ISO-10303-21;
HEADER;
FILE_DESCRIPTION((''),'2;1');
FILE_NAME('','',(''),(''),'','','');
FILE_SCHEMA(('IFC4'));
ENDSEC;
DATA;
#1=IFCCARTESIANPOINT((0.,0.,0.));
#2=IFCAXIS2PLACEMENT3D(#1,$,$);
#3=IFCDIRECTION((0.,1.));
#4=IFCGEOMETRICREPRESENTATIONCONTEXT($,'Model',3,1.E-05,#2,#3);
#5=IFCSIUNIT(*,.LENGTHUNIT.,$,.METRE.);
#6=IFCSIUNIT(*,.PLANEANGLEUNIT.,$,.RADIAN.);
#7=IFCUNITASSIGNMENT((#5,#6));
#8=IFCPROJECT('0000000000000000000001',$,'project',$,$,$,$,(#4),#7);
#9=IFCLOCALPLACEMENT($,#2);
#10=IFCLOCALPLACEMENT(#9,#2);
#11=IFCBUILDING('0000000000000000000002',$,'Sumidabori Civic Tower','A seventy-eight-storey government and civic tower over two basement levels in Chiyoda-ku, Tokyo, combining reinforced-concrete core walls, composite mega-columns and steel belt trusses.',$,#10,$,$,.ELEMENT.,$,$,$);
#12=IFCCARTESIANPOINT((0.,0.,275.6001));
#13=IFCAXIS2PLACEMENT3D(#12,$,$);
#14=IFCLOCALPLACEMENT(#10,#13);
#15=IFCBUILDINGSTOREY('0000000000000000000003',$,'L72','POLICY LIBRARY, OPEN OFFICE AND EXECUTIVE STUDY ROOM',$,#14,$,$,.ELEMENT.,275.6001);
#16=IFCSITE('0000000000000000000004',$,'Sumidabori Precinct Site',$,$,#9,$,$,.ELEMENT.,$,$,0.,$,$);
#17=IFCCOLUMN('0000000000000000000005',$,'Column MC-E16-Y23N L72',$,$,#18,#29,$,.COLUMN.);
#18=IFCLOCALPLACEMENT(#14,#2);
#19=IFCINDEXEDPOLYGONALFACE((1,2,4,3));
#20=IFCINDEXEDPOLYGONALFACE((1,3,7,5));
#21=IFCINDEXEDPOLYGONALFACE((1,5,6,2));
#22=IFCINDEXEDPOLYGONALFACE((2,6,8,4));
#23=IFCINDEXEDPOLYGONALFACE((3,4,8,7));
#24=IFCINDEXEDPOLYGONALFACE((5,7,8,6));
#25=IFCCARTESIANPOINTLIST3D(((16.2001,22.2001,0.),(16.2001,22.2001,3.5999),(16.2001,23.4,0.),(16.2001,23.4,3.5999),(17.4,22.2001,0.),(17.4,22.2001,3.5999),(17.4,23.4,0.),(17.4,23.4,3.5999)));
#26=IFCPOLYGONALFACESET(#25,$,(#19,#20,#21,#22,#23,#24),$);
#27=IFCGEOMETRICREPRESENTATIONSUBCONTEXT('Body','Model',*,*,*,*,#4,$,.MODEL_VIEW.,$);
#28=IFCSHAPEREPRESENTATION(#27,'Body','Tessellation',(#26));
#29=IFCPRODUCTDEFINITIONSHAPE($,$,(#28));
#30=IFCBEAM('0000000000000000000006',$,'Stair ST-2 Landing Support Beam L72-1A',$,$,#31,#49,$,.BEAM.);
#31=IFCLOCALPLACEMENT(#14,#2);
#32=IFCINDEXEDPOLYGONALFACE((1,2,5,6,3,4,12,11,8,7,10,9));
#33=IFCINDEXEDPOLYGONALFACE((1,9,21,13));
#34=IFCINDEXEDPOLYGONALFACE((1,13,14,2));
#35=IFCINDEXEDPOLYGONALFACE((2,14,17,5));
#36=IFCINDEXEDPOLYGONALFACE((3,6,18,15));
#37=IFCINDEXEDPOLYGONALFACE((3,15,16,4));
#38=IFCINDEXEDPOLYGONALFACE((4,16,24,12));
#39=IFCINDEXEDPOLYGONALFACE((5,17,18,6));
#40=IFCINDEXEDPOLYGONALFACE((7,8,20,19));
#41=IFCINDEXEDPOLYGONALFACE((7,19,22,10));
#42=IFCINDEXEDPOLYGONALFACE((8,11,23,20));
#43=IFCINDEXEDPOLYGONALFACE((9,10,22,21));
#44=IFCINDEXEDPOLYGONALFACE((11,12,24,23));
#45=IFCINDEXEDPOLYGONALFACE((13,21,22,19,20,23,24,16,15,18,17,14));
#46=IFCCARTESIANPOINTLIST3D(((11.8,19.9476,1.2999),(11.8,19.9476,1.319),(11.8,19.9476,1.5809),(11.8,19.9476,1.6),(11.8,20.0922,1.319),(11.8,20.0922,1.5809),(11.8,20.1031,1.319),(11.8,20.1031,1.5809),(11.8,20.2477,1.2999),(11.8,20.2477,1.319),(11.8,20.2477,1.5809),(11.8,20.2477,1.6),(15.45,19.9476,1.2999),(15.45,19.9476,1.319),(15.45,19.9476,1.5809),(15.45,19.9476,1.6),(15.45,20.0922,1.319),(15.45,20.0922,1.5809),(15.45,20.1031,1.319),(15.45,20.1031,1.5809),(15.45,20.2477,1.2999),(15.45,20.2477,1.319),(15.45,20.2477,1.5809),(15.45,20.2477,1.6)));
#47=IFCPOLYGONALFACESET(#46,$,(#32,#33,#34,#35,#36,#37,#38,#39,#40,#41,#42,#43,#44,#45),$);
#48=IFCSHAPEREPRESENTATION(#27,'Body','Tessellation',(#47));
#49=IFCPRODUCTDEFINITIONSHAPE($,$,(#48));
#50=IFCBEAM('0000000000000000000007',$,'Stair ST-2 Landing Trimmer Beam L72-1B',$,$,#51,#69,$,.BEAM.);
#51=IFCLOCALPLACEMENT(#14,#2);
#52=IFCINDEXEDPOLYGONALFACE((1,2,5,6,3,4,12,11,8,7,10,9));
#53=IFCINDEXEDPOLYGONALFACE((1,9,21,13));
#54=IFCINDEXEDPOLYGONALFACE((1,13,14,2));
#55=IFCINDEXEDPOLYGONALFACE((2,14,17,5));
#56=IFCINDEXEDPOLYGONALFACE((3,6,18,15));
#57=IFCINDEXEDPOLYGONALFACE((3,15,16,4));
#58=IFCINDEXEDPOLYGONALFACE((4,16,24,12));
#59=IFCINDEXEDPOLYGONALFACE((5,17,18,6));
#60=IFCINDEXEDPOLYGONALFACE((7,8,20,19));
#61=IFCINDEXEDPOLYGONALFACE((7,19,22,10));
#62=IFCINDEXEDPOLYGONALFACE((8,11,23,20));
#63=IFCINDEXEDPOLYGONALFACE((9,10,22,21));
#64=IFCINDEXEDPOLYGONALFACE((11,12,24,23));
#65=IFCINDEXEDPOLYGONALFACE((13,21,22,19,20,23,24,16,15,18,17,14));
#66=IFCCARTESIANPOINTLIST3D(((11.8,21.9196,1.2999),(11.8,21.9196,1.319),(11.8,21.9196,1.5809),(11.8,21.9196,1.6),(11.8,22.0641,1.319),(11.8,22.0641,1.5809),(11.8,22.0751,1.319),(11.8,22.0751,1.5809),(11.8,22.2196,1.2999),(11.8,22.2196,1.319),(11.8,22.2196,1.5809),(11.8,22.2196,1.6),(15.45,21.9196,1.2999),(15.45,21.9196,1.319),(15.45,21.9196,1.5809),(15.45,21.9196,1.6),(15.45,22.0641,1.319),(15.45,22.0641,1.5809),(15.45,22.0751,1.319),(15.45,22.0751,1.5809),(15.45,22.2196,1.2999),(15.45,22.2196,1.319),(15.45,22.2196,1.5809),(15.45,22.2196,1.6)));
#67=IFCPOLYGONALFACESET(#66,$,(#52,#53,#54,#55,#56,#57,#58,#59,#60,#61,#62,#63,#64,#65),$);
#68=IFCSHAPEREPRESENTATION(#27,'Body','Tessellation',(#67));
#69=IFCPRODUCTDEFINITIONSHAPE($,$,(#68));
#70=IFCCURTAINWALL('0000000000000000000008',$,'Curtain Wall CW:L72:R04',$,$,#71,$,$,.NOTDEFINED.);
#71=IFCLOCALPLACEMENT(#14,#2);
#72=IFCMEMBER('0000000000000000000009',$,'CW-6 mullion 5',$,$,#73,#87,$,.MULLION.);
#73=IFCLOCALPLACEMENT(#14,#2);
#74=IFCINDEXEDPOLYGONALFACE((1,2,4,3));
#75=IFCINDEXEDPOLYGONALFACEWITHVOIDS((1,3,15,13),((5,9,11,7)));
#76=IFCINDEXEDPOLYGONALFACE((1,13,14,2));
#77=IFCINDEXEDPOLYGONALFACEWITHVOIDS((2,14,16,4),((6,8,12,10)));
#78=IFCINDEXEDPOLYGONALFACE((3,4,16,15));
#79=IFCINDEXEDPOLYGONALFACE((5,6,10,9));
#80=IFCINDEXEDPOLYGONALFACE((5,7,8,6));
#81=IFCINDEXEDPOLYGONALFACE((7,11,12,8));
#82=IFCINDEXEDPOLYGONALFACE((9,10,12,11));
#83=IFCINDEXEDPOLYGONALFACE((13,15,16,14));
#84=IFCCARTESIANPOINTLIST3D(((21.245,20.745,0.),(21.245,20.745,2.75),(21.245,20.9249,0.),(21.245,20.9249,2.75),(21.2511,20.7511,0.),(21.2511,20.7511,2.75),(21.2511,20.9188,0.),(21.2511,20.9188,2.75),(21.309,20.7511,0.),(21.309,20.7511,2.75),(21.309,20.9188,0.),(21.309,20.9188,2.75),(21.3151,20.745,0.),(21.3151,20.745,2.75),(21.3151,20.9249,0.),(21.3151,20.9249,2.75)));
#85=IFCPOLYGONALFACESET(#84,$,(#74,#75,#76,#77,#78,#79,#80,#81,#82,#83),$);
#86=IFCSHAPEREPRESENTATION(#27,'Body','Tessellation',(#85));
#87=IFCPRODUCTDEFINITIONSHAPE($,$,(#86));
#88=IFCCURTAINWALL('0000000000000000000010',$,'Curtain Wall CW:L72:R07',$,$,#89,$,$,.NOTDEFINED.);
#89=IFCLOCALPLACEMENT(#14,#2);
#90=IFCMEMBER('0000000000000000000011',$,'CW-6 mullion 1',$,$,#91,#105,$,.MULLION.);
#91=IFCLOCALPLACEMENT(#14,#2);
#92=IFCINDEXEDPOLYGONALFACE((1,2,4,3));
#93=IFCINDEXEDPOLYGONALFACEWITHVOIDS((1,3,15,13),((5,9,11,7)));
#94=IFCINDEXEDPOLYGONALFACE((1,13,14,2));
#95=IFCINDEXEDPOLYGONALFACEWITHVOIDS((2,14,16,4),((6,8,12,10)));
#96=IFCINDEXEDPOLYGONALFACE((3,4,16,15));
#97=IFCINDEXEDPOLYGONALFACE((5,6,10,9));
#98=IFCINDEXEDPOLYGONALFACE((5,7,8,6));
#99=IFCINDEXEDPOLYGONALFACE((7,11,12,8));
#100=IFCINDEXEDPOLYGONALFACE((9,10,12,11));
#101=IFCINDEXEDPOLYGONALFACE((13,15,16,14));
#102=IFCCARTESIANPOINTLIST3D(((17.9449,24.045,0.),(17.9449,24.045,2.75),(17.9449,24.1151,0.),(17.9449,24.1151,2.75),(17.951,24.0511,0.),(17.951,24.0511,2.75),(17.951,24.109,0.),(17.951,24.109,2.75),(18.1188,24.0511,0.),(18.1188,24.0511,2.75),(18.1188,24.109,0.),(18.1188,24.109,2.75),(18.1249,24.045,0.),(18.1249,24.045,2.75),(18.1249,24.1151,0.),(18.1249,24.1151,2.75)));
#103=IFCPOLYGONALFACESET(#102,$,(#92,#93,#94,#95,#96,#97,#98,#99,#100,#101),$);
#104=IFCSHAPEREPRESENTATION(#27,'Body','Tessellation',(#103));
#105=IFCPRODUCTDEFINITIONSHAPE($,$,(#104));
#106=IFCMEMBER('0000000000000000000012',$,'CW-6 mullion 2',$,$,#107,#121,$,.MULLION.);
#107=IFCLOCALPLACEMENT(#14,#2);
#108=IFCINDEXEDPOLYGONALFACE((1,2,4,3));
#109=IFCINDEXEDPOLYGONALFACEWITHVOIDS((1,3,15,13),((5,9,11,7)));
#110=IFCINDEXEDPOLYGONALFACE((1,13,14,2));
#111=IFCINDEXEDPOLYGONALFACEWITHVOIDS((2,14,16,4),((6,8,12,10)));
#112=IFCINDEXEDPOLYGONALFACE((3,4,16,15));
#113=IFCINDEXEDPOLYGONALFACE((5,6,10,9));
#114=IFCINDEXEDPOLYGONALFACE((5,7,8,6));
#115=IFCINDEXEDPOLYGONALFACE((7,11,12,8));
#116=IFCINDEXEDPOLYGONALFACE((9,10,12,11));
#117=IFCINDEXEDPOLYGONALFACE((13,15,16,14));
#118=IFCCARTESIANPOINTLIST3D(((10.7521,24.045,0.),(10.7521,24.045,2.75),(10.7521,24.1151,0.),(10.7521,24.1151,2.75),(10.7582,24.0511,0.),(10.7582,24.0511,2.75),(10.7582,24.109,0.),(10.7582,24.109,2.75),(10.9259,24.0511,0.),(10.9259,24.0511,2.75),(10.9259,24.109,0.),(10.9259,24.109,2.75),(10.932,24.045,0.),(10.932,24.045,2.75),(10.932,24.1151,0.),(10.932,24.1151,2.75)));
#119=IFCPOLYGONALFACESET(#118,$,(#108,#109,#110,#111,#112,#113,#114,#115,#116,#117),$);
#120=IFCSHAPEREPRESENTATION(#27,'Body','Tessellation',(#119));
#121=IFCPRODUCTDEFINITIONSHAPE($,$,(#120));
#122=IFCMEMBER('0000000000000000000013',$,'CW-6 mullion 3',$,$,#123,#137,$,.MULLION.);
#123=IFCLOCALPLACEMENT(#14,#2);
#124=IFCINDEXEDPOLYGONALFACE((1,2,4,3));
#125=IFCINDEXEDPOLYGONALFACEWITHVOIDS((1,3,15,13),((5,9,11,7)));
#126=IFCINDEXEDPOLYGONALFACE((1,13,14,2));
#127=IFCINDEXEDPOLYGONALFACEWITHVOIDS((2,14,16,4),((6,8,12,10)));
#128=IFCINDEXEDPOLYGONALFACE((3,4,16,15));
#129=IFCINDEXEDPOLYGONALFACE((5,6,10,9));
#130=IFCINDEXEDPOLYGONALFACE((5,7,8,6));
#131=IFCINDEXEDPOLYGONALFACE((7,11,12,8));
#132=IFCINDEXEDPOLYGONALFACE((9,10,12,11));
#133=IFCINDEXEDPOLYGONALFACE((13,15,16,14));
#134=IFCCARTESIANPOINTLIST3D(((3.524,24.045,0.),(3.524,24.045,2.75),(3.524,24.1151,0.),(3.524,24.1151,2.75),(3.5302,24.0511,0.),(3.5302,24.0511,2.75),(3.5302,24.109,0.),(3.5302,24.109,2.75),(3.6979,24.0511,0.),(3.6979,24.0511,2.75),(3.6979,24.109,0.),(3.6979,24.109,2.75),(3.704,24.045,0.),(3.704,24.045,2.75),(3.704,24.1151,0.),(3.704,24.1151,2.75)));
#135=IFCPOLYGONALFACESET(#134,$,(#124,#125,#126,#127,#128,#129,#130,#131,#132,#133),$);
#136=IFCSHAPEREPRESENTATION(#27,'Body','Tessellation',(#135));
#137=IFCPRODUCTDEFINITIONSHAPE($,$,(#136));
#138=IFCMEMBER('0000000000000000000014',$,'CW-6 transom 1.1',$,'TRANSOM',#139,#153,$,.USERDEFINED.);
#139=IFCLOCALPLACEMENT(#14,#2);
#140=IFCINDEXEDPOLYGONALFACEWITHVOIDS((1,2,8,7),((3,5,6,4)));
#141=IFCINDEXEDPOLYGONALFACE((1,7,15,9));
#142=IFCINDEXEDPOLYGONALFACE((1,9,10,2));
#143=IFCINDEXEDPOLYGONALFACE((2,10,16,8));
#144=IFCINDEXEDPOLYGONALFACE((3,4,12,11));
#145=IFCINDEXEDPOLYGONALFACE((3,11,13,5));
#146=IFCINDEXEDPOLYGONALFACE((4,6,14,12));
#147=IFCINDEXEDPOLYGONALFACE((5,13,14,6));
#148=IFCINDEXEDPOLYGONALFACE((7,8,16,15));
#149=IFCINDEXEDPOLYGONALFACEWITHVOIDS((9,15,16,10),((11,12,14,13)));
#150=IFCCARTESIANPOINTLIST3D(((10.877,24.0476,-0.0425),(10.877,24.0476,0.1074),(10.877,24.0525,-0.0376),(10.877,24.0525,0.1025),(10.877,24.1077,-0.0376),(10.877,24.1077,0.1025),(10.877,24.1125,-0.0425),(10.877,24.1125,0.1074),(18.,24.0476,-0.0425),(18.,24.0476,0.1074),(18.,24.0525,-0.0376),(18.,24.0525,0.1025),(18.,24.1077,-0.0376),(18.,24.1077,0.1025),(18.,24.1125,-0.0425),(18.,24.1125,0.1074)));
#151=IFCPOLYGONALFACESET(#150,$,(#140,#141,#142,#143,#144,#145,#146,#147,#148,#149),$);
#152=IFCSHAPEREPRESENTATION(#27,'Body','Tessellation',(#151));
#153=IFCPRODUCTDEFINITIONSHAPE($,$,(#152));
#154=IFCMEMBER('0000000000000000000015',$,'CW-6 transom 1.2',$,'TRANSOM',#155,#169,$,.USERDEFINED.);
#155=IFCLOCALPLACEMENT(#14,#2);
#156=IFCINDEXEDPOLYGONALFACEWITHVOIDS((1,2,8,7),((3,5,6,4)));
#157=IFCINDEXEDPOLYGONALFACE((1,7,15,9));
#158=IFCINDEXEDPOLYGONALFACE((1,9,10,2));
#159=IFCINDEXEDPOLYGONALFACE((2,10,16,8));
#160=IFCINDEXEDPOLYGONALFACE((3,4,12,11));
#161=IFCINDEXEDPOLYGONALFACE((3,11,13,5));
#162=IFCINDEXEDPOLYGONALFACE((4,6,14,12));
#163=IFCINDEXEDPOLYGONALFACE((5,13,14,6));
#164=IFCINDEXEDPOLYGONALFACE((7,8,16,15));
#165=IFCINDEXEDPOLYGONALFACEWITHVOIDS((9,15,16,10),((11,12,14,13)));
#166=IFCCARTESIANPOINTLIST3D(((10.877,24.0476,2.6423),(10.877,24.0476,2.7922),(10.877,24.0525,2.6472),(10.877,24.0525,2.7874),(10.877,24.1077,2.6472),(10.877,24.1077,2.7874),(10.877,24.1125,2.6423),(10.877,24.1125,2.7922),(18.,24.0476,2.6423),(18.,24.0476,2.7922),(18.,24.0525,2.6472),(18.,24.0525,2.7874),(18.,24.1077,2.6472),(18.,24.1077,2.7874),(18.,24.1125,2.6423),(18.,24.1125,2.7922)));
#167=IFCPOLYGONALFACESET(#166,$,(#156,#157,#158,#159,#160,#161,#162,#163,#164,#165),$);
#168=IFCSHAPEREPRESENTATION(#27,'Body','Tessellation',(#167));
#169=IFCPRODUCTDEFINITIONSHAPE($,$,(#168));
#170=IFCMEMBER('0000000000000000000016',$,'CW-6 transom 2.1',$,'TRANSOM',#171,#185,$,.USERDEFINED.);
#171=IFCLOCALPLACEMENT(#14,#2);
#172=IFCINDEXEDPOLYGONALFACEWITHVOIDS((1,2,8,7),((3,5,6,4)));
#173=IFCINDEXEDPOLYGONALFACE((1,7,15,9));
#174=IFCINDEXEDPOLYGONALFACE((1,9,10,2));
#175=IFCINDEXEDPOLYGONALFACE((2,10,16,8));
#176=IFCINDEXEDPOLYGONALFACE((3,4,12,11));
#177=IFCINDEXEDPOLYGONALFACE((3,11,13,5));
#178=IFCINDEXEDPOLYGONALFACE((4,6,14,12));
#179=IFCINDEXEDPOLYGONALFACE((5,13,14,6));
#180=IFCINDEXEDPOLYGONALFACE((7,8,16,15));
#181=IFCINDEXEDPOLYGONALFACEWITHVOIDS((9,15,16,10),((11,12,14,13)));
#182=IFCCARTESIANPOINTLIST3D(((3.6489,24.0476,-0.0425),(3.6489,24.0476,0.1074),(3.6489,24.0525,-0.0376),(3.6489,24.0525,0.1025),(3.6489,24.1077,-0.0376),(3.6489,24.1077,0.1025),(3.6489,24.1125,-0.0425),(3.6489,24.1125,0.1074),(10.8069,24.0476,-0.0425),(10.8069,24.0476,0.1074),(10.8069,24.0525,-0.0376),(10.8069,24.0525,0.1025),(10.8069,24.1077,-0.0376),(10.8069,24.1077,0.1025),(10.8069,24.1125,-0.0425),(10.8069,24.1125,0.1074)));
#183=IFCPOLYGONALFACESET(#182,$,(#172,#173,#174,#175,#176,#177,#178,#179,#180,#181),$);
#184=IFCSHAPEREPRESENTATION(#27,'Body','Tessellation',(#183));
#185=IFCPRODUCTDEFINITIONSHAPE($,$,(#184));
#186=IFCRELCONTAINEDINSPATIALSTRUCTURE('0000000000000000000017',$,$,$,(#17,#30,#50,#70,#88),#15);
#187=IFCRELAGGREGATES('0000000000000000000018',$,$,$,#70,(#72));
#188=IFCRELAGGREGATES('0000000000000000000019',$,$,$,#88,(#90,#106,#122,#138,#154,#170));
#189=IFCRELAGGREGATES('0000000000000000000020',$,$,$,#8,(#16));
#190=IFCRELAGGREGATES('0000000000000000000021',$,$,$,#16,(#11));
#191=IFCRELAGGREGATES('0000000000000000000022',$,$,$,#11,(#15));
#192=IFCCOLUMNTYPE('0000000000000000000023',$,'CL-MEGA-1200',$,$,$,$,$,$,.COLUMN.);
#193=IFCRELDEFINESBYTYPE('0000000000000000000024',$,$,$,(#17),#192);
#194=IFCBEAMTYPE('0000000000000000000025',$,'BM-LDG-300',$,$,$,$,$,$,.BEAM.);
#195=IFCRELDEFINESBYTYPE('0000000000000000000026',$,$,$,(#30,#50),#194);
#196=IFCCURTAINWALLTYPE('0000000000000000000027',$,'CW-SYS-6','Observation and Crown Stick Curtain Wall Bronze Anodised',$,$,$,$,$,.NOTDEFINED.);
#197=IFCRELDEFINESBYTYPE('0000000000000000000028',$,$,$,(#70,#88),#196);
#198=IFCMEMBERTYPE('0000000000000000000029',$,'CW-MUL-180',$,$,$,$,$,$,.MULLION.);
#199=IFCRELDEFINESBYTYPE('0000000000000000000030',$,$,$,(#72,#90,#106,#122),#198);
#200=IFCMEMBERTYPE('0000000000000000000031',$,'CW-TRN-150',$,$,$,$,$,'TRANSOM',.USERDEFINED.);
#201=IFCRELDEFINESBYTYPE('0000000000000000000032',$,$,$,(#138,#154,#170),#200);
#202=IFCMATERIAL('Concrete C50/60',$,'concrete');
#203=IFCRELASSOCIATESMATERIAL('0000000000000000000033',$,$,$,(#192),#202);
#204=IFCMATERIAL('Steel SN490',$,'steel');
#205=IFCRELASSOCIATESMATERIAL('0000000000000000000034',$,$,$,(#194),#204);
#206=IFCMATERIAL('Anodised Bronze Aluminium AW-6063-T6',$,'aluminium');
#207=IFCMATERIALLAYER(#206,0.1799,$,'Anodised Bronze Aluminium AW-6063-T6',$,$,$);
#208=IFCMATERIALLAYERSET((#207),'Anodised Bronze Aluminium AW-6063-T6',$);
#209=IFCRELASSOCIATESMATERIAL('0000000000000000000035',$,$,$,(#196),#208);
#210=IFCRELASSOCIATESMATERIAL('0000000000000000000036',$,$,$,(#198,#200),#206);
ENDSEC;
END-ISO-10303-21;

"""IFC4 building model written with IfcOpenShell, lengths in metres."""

from ifc_helpers import new_model, si_unit, direction, frame, origin, origin_2d, place, context, subcontext, project, spatial, rectangle, hollow_rectangle, i_section, extrude, source, transform, mapped, material, layer, layer_set, material_profile, profile_set, type_object, element, aggregate, save


model = new_model("IFC4")

# Units and contexts
model_context = context("Model", 3, precision=1e-05, world=origin(), true_north=direction((0.0, 1.0)))
body_context = subcontext(model_context, "Body", "Model", "MODEL_VIEW")
ifc_project = project(units=[si_unit("LENGTHUNIT", "METRE"), si_unit("PLANEANGLEUNIT", "RADIAN")], contexts=[model_context])

# Site, building, storey
site_placement = place(None, origin())
site = spatial("IfcSite", under=ifc_project, at=site_placement, Name="Sumidabori Precinct Site", CompositionType="ELEMENT", RefElevation=0.0)
building_placement = place(site_placement, origin())
building = spatial("IfcBuilding", under=site, at=building_placement, Name="Sumidabori Civic Tower", Description="A seventy-eight-storey government and civic tower over two basement levels in Chiyoda-ku, Tokyo, combining reinforced-concrete core walls, composite mega-columns and steel belt trusses.", CompositionType="ELEMENT")
storey_placement = place(building_placement, frame((0.0, 0.0, 275.6001)))
storey = spatial("IfcBuildingStorey", under=building, at=storey_placement, Name="L72", Description="POLICY LIBRARY, OPEN OFFICE AND EXECUTIVE STUDY ROOM", CompositionType="ELEMENT", Elevation=275.6001)

# Column
ifc_material_1 = material(Name="Concrete C50/60", Category="concrete")
ifc_material_profile_1 = material_profile(ifc_material_1, rectangle(XDim=1.2, YDim=1.2, at=origin_2d()), Name="RC 1200x1200")
ifc_profile_set_1 = profile_set([ifc_material_profile_1], Name="Concrete C50/60")
column_type = type_object("IfcColumnType", Name="CL-MEGA-1200", PredefinedType="COLUMN", material=ifc_profile_set_1)
shared_shape_1 = source(origin(), body_context, "Body", "SweptSolid", [
    extrude(rectangle(XDim=1.2, YDim=1.2, at=origin_2d()), origin(), (0.0, 0.0, 1.0), 3.5999),
])
column_placement = place(storey_placement, frame((16.8, 22.8, 0.0), z_axis=(0.0, 0.0, 1.0), x_axis=(1.0, 0.0, 0.0)))
element("IfcColumn", 1, at=column_placement, inside=storey, type_object=column_type, Name="Column MC-E16-Y23N L72", PredefinedType="COLUMN", context=body_context, shape_type="MappedRepresentation", body=[
    mapped(shared_shape_1, transform((0.0, 0.0, 0.0), x_axis=(1.0, 0.0, 0.0), y_axis=(0.0, 1.0, 0.0), z_axis=(0.0, 0.0, 1.0), scale=1.0)),
])

# Beams
ifc_material_2 = material(Name="Steel SN490", Category="steel")
ifc_material_profile_2 = material_profile(ifc_material_2, i_section(OverallWidth=0.3, OverallDepth=0.3, WebThickness=0.011, FlangeThickness=0.019, at=origin_2d()), Name="HE 300 B")
ifc_profile_set_2 = profile_set([ifc_material_profile_2], Name="Steel SN490")
beam_type = type_object("IfcBeamType", Name="BM-LDG-300", PredefinedType="BEAM", material=ifc_profile_set_2)
shared_shape_2 = source(origin(), body_context, "Body", "SweptSolid", [
    extrude(i_section(OverallWidth=0.3, OverallDepth=0.3, WebThickness=0.011, FlangeThickness=0.019, at=origin_2d()), origin(), (0.0, 0.0, 1.0), 3.6499),
])
for number, where, z_axis, x_axis, name in (
    (2, (11.8, 20.0977, 1.45), (1.0, 0.0, 0.0), (0.0, 1.0, 0.0), "Stair ST-2 Landing Support Beam L72-1A"),
    (3, (11.8, 22.0696, 1.45), (1.0, 0.0, 0.0), (0.0, 1.0, 0.0), "Stair ST-2 Landing Trimmer Beam L72-1B"),
):
    element("IfcBeam", number, at=place(storey_placement, frame(where, z_axis=z_axis, x_axis=x_axis)), inside=storey, type_object=beam_type, Name=name, PredefinedType="BEAM", context=body_context, shape_type="MappedRepresentation", body=[
        mapped(shared_shape_2, transform((0.0, 0.0, 0.0), x_axis=(1.0, 0.0, 0.0), y_axis=(0.0, 1.0, 0.0), z_axis=(0.0, 0.0, 1.0), scale=1.0)),
    ])

# Curtain wall, member
ifc_material_3 = material(Name="Anodised Bronze Aluminium AW-6063-T6", Category="aluminium")
ifc_layer_1 = layer(ifc_material_3, 0.1799, Name="Anodised Bronze Aluminium AW-6063-T6")
ifc_layer_set_1 = layer_set([ifc_layer_1], Name="Anodised Bronze Aluminium AW-6063-T6")
curtain_wall_type = type_object("IfcCurtainWallType", Name="CW-SYS-6", Description="Observation and Crown Stick Curtain Wall Bronze Anodised", PredefinedType="NOTDEFINED", material=ifc_layer_set_1)
curtain_wall_1_placement = place(storey_placement, origin())
curtain_wall_1 = element("IfcCurtainWall", 4, at=curtain_wall_1_placement, inside=storey, type_object=curtain_wall_type, Name="Curtain Wall CW:L72:R04", PredefinedType="NOTDEFINED")
ifc_material_profile_3 = material_profile(ifc_material_3, hollow_rectangle(XDim=0.0701, YDim=0.1799, WallThickness=0.0061, at=origin_2d()), Name="ALU MULLION 180x70")
ifc_profile_set_3 = profile_set([ifc_material_profile_3], Name="Anodised Bronze Aluminium AW-6063-T6")
member_type_1 = type_object("IfcMemberType", Name="CW-MUL-180", PredefinedType="MULLION", material=ifc_profile_set_3)
shared_shape_3 = source(origin(), body_context, "Body", "SweptSolid", [
    extrude(hollow_rectangle(XDim=0.0701, YDim=0.1799, WallThickness=0.0061, at=origin_2d()), origin(), (0.0, 0.0, 1.0), 2.75),
])
member_1_placement = place(storey_placement, frame((21.28, 20.835, 0.0), z_axis=(0.0, 0.0, 1.0), x_axis=(-1.0, 0.0, 0.0)))
member_1 = element("IfcMember", 5, at=member_1_placement, type_object=member_type_1, Name="CW-6 mullion 5", PredefinedType="MULLION", context=body_context, shape_type="MappedRepresentation", body=[
    mapped(shared_shape_3, transform((0.0, 0.0, 0.0), x_axis=(1.0, 0.0, 0.0), y_axis=(0.0, 1.0, 0.0), z_axis=(0.0, 0.0, 1.0), scale=1.0)),
])
aggregate(curtain_wall_1, [member_1])

# Curtain wall, members
curtain_wall_2_placement = place(storey_placement, origin())
curtain_wall_2 = element("IfcCurtainWall", 6, at=curtain_wall_2_placement, inside=storey, type_object=curtain_wall_type, Name="Curtain Wall CW:L72:R07", PredefinedType="NOTDEFINED")
member_2_placement = place(storey_placement, frame((18.0349, 24.0801, 0.0), z_axis=(0.0, 0.0, 1.0), x_axis=(0.0, -1.0, 0.0)))
member_2 = element("IfcMember", 7, at=member_2_placement, type_object=member_type_1, Name="CW-6 mullion 1", PredefinedType="MULLION", context=body_context, shape_type="MappedRepresentation", body=[
    mapped(shared_shape_3, transform((0.0, 0.0, 0.0), x_axis=(1.0, 0.0, 0.0), y_axis=(0.0, 1.0, 0.0), z_axis=(0.0, 0.0, 1.0), scale=1.0)),
])
member_3_placement = place(storey_placement, frame((10.842, 24.0801, 0.0), z_axis=(0.0, 0.0, 1.0), x_axis=(0.0, -1.0, 0.0)))
member_3 = element("IfcMember", 8, at=member_3_placement, type_object=member_type_1, Name="CW-6 mullion 2", PredefinedType="MULLION", context=body_context, shape_type="MappedRepresentation", body=[
    mapped(shared_shape_3, transform((0.0, 0.0, 0.0), x_axis=(1.0, 0.0, 0.0), y_axis=(0.0, 1.0, 0.0), z_axis=(0.0, 0.0, 1.0), scale=1.0)),
])
member_4_placement = place(storey_placement, frame((3.614, 24.0801, 0.0), z_axis=(0.0, 0.0, 1.0), x_axis=(0.0, -1.0, 0.0)))
member_4 = element("IfcMember", 9, at=member_4_placement, type_object=member_type_1, Name="CW-6 mullion 3", PredefinedType="MULLION", context=body_context, shape_type="MappedRepresentation", body=[
    mapped(shared_shape_3, transform((0.0, 0.0, 0.0), x_axis=(1.0, 0.0, 0.0), y_axis=(0.0, 1.0, 0.0), z_axis=(0.0, 0.0, 1.0), scale=1.0)),
])
ifc_material_profile_4 = material_profile(ifc_material_3, hollow_rectangle(XDim=0.0649, YDim=0.1499, WallThickness=0.0049, at=origin_2d()), Name="ALU TRANSOM 150x65")
ifc_profile_set_4 = profile_set([ifc_material_profile_4], Name="Anodised Bronze Aluminium AW-6063-T6")
member_type_2 = type_object("IfcMemberType", Name="CW-TRN-150", ElementType="TRANSOM", PredefinedType="USERDEFINED", material=ifc_profile_set_4)
shared_shape_4 = source(origin(), body_context, "Body", "SweptSolid", [
    extrude(hollow_rectangle(XDim=0.0649, YDim=0.1499, WallThickness=0.0049, at=origin_2d()), origin(), (0.0, 0.0, 1.0), 7.123),
])
member_5_placement = place(storey_placement, frame((18.0, 24.0801, 0.0325), z_axis=(-1.0, 0.0, 0.0), x_axis=(0.0, -1.0, 0.0)))
member_5 = element("IfcMember", 10, at=member_5_placement, type_object=member_type_2, Name="CW-6 transom 1.1", ObjectType="TRANSOM", PredefinedType="USERDEFINED", context=body_context, shape_type="MappedRepresentation", body=[
    mapped(shared_shape_4, transform((0.0, 0.0, 0.0), x_axis=(1.0, 0.0, 0.0), y_axis=(0.0, 1.0, 0.0), z_axis=(0.0, 0.0, 1.0), scale=1.0)),
])
member_6_placement = place(storey_placement, frame((18.0, 24.0801, 2.7173), z_axis=(-1.0, 0.0, 0.0), x_axis=(0.0, -1.0, 0.0)))
member_6 = element("IfcMember", 11, at=member_6_placement, type_object=member_type_2, Name="CW-6 transom 1.2", ObjectType="TRANSOM", PredefinedType="USERDEFINED", context=body_context, shape_type="MappedRepresentation", body=[
    mapped(shared_shape_4, transform((0.0, 0.0, 0.0), x_axis=(1.0, 0.0, 0.0), y_axis=(0.0, 1.0, 0.0), z_axis=(0.0, 0.0, 1.0), scale=1.0)),
])
shared_shape_5 = source(origin(), body_context, "Body", "SweptSolid", [
    extrude(hollow_rectangle(XDim=0.0649, YDim=0.1499, WallThickness=0.0049, at=origin_2d()), origin(), (0.0, 0.0, 1.0), 7.158),
])
member_7_placement = place(storey_placement, frame((10.8069, 24.0801, 0.0325), z_axis=(-1.0, 0.0, 0.0), x_axis=(0.0, -1.0, 0.0)))
member_7 = element("IfcMember", 12, at=member_7_placement, type_object=member_type_2, Name="CW-6 transom 2.1", ObjectType="TRANSOM", PredefinedType="USERDEFINED", context=body_context, shape_type="MappedRepresentation", body=[
    mapped(shared_shape_5, transform((0.0, 0.0, 0.0), x_axis=(1.0, 0.0, 0.0), y_axis=(0.0, 1.0, 0.0), z_axis=(0.0, 0.0, 1.0), scale=1.0)),
])
aggregate(curtain_wall_2, [member_2, member_3, member_4, member_5, member_6, member_7])

save(model, "model.ifc")
